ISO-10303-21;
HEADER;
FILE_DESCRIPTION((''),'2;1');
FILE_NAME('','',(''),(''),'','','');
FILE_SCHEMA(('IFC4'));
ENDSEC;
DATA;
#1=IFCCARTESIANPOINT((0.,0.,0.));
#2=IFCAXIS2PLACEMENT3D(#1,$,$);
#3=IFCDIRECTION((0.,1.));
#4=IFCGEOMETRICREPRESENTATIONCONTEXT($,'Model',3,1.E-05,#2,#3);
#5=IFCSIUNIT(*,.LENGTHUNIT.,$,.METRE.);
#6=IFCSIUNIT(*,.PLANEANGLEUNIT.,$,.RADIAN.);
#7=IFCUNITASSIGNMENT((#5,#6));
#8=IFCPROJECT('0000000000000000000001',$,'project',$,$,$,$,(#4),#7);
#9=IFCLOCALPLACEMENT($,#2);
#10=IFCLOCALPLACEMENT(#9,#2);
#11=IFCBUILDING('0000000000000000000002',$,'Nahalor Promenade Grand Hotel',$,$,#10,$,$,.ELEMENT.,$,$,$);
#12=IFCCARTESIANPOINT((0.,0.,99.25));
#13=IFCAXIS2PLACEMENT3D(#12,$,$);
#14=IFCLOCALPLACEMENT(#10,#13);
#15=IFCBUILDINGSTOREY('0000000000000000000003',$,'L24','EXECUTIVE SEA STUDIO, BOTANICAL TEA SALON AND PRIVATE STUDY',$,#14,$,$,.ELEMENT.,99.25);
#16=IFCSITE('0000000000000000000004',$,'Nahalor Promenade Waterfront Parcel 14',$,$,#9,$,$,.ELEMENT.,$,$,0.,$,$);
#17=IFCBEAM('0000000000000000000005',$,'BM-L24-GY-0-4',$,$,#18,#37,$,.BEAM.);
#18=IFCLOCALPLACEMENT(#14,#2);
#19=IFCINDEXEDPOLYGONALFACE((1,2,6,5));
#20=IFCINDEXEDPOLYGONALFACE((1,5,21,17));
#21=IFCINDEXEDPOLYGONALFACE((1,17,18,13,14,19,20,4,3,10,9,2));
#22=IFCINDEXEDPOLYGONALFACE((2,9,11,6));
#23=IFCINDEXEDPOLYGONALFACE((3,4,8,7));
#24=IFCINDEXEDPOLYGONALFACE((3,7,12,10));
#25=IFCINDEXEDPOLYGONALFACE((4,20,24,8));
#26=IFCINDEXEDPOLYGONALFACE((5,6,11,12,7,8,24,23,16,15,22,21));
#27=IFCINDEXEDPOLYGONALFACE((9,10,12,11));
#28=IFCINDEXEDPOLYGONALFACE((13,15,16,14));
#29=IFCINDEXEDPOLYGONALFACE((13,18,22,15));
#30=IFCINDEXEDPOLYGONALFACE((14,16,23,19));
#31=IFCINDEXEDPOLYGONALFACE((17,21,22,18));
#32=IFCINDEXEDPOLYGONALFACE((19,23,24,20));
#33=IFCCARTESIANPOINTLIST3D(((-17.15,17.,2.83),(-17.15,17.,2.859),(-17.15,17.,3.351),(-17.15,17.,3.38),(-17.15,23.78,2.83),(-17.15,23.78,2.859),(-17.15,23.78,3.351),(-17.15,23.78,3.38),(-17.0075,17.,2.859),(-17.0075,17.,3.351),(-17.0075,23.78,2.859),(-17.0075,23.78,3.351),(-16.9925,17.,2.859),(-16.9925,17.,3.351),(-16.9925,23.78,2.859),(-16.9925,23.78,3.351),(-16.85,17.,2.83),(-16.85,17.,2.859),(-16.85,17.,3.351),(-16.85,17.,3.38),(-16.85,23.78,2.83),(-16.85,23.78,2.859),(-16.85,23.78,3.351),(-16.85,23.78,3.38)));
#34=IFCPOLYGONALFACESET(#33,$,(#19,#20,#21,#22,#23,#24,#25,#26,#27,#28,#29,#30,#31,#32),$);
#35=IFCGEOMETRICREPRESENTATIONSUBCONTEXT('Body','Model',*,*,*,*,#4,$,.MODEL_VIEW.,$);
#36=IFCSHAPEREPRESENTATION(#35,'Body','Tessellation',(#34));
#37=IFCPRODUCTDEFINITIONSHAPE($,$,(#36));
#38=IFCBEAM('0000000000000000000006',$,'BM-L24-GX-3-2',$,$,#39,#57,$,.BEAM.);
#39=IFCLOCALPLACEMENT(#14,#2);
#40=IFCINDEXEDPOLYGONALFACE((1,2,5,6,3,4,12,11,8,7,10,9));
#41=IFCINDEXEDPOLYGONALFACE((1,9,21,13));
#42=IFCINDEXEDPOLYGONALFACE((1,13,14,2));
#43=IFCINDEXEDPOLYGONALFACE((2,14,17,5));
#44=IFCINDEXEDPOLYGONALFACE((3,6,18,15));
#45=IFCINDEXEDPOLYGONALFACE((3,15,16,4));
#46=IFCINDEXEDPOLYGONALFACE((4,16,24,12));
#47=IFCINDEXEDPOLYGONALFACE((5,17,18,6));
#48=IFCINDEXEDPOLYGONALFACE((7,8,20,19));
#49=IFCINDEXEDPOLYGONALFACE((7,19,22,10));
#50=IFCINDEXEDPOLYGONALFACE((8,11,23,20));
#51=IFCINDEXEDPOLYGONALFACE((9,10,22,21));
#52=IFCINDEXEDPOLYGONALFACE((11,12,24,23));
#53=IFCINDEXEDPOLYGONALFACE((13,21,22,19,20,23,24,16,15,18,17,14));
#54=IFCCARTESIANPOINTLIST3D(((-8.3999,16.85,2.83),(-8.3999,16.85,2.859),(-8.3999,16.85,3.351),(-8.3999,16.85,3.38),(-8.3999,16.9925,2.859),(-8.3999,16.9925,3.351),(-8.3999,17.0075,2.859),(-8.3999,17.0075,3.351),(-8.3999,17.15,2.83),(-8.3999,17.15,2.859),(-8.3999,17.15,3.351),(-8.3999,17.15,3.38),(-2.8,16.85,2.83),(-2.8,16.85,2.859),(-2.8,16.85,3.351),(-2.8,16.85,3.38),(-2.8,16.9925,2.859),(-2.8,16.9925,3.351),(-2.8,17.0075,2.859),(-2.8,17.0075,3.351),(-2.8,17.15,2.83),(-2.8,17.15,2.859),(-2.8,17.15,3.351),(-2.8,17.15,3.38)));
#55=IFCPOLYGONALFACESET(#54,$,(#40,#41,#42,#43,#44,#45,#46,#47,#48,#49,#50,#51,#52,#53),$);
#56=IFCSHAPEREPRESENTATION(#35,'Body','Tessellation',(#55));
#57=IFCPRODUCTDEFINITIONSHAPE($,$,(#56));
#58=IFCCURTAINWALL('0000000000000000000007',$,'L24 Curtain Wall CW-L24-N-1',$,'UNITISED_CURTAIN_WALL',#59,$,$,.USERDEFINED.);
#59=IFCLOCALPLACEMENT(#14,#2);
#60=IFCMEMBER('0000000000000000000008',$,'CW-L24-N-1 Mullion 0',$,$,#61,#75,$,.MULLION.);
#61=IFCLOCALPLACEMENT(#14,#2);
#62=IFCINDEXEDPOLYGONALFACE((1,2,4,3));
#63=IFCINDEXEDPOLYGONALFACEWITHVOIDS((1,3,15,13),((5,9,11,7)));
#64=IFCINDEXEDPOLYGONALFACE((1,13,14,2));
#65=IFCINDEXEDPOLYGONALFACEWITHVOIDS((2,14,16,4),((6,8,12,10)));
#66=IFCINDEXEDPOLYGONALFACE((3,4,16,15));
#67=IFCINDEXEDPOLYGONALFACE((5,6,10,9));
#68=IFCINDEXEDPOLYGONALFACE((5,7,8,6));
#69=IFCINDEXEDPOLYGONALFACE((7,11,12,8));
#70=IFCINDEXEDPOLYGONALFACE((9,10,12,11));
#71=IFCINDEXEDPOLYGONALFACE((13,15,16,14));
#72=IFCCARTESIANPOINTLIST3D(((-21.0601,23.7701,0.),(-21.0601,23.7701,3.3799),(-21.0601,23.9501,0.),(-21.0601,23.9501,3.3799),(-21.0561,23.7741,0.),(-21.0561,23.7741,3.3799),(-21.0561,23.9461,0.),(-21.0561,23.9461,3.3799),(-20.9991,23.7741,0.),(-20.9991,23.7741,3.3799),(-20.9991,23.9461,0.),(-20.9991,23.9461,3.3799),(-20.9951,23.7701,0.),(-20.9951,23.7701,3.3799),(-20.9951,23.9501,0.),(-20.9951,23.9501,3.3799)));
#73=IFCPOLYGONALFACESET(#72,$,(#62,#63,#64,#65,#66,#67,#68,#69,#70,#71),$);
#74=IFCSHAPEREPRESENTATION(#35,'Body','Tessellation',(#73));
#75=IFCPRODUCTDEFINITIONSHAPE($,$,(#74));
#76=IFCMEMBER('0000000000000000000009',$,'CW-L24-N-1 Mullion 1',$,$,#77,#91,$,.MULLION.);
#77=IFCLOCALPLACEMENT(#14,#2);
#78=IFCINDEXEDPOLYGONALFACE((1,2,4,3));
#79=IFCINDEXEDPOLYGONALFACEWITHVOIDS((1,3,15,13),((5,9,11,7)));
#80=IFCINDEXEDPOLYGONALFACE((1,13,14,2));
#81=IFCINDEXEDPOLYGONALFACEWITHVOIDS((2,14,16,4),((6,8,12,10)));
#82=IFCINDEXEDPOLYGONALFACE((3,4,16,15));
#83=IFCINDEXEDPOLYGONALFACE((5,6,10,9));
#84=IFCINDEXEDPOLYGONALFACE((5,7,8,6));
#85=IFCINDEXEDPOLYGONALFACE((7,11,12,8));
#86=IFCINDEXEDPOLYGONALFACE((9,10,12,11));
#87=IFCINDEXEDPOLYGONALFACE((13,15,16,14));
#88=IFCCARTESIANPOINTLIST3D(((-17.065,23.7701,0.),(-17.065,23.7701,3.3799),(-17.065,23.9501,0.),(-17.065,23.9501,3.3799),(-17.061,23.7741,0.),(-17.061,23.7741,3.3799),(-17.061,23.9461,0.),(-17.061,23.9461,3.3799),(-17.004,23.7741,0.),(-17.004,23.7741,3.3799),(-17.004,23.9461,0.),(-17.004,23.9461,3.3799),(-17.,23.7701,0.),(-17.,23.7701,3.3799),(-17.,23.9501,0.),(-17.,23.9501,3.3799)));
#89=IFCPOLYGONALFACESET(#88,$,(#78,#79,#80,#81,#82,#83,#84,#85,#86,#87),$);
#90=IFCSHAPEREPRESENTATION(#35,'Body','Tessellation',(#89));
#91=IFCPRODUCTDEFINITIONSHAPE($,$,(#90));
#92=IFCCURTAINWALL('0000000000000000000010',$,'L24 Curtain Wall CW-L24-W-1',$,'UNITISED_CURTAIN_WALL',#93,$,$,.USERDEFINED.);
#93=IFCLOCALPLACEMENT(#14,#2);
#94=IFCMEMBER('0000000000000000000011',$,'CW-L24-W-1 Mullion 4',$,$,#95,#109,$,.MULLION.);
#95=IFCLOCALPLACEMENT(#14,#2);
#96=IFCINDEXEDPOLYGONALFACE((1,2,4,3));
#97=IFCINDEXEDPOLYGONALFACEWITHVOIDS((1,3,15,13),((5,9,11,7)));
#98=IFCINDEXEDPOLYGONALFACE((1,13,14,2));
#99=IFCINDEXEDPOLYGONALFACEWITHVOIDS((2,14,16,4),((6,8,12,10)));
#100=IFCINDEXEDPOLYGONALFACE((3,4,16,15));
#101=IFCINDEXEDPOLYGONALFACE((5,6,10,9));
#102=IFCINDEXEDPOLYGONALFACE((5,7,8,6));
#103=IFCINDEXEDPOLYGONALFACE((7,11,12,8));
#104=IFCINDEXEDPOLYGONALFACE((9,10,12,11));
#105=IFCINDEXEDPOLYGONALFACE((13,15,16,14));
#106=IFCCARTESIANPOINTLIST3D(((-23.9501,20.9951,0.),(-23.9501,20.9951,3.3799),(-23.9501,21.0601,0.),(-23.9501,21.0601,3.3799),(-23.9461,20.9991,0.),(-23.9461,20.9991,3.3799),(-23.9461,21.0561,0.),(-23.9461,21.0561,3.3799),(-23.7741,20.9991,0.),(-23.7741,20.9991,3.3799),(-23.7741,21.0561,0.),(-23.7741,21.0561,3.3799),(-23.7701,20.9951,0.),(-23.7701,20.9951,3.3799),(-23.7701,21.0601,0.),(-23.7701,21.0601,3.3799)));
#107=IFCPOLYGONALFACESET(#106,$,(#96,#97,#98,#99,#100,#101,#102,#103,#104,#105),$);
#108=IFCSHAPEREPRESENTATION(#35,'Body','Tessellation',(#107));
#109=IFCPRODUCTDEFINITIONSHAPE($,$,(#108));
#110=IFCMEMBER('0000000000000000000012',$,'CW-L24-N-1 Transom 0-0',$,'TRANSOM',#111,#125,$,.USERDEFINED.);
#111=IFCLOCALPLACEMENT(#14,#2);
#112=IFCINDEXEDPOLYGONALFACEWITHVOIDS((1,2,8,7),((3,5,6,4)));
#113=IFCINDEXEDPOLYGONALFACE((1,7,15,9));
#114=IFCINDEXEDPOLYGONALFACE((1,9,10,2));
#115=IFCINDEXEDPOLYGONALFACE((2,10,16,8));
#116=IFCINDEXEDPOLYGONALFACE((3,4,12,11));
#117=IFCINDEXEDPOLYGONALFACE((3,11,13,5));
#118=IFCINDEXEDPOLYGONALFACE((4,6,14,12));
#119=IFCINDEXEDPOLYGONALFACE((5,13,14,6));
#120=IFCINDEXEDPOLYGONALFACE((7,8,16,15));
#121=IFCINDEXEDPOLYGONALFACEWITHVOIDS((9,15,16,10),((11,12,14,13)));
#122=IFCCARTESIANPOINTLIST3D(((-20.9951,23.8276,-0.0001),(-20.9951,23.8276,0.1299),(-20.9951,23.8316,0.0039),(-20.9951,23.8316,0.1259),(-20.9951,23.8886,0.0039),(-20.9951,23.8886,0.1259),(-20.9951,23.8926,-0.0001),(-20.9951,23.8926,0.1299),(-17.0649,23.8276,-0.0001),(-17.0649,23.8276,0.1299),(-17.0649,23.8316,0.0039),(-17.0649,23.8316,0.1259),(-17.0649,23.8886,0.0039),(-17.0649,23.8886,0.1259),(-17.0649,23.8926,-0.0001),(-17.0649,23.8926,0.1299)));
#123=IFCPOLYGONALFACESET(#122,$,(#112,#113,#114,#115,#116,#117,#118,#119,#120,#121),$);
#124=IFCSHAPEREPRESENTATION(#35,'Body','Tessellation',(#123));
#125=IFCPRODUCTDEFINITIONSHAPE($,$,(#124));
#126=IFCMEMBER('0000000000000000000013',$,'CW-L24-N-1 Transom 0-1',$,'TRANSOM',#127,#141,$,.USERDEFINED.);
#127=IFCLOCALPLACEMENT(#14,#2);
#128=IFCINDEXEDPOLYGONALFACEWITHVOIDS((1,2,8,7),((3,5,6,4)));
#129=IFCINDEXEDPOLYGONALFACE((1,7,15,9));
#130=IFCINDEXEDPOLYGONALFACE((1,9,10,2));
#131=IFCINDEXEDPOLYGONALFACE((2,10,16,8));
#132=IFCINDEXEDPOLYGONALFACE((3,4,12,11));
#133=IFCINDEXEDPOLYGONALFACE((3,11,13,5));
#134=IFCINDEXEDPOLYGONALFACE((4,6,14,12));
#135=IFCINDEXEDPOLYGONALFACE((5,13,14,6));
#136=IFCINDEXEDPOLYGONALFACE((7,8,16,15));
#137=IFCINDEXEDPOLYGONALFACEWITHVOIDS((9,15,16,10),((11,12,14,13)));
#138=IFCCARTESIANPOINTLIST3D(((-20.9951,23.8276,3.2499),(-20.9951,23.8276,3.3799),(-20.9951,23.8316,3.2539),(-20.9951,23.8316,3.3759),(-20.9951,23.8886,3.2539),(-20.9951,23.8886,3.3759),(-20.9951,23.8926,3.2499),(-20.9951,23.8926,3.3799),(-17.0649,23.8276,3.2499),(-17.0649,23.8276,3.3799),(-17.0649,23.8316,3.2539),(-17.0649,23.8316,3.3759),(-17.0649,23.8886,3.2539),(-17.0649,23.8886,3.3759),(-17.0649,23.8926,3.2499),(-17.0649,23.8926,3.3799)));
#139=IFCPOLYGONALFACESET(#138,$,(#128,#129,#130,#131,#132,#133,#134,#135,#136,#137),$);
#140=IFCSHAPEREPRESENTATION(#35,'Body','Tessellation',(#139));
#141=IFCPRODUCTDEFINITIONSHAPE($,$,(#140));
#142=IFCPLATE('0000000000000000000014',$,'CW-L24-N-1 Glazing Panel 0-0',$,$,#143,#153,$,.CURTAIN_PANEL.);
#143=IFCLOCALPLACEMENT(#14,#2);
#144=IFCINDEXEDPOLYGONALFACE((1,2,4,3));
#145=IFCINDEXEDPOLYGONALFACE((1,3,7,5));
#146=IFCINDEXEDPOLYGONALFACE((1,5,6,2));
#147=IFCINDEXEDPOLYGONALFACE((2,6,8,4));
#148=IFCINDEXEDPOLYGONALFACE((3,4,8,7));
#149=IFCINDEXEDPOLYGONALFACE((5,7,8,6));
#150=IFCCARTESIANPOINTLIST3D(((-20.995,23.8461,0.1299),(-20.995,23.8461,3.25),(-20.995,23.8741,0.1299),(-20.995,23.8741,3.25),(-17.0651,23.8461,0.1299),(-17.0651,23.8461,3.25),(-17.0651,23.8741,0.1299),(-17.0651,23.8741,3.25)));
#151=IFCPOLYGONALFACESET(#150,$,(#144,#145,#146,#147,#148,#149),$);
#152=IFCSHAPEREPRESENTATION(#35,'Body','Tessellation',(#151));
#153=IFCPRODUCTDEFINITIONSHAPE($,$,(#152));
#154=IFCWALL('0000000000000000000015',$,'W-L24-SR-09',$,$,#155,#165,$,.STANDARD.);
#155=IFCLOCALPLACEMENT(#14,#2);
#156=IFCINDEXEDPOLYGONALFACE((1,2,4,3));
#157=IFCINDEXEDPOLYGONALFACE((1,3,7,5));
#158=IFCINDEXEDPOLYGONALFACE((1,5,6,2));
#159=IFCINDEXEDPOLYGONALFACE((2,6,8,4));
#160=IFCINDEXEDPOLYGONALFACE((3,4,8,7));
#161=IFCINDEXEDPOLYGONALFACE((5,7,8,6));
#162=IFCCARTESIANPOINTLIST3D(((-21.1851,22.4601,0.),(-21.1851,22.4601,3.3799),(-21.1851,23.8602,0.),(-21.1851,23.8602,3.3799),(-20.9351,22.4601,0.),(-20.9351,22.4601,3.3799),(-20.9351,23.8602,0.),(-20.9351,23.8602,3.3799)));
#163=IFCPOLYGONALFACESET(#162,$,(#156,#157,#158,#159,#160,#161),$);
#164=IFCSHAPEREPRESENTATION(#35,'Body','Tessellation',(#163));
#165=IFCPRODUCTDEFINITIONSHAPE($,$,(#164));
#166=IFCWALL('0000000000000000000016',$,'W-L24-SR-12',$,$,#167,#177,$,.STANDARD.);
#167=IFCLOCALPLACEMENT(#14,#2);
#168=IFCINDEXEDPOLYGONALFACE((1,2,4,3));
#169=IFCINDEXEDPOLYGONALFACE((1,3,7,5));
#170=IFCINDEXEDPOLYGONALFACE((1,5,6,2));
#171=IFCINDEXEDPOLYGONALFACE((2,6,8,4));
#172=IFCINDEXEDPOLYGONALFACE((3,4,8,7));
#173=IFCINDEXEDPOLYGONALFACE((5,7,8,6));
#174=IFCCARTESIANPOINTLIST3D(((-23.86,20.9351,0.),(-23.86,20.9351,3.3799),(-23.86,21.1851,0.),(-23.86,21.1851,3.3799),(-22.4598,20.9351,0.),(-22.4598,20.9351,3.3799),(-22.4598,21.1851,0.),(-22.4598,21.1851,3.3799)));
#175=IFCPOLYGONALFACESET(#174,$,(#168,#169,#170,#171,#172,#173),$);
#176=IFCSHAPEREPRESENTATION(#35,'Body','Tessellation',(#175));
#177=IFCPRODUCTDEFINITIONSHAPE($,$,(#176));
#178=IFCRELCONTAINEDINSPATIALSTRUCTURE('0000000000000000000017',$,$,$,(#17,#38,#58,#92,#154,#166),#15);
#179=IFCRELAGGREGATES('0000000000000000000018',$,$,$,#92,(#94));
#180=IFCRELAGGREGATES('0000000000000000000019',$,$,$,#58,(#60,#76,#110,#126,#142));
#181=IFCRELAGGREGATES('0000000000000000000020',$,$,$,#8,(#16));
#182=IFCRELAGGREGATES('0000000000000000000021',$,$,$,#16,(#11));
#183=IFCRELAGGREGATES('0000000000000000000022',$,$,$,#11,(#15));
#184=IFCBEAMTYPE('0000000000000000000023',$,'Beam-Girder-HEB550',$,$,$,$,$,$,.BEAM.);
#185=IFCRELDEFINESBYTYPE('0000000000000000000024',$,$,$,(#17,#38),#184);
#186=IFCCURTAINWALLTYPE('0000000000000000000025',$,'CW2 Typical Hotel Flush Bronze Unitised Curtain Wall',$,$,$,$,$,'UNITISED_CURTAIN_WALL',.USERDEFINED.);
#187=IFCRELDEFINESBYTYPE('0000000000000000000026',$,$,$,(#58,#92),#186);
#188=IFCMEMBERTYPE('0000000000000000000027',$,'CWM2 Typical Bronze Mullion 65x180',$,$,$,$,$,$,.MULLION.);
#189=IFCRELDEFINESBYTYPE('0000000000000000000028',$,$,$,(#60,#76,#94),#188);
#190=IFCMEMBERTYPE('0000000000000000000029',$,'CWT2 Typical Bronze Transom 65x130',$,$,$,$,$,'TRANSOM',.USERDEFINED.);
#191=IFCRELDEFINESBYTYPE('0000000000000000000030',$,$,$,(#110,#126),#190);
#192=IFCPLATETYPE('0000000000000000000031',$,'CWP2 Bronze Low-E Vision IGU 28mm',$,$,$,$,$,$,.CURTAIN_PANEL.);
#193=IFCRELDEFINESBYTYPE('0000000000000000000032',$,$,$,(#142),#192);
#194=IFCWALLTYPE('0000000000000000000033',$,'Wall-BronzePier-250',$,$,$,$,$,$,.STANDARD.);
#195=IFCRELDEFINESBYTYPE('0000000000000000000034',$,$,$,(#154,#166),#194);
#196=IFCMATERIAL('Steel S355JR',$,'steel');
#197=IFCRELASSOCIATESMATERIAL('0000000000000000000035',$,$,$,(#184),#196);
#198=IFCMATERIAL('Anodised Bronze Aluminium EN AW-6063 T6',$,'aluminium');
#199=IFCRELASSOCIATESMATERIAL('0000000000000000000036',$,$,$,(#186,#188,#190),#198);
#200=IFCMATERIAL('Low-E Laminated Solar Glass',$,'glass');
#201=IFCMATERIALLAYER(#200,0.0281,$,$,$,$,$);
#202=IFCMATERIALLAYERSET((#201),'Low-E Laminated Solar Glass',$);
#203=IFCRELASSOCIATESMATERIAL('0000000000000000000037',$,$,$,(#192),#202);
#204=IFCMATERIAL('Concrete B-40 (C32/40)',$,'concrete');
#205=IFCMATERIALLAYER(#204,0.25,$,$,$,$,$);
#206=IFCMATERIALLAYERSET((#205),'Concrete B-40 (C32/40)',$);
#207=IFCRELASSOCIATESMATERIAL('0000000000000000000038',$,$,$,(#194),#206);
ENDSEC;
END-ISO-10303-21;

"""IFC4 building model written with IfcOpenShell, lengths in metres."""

from ifc_helpers import new_model, si_unit, direction, frame, frame_2d, origin, origin_2d, place, context, subcontext, project, spatial, rectangle, hollow_rectangle, i_section, extrude, source, transform, mapped, material, layer, layer_set, material_profile, profile_set, type_object, element, aggregate, save


model = new_model("IFC4")

# Units and contexts
model_context = context("Model", 3, precision=1e-05, world=origin(), true_north=direction((0.0, 1.0)))
body_context = subcontext(model_context, "Body", "Model", "MODEL_VIEW")
ifc_project = project(units=[si_unit("LENGTHUNIT", "METRE"), si_unit("PLANEANGLEUNIT", "RADIAN")], contexts=[model_context])

# Site, building, storey
site_placement = place(None, origin())
site = spatial("IfcSite", under=ifc_project, at=site_placement, Name="Nahalor Promenade Waterfront Parcel 14", CompositionType="ELEMENT", RefElevation=0.0)
building_placement = place(site_placement, origin())
building = spatial("IfcBuilding", under=site, at=building_placement, Name="Nahalor Promenade Grand Hotel", CompositionType="ELEMENT")
storey_placement = place(building_placement, frame((0.0, 0.0, 99.25)))
storey = spatial("IfcBuildingStorey", under=building, at=storey_placement, Name="L24", Description="EXECUTIVE SEA STUDIO, BOTANICAL TEA SALON AND PRIVATE STUDY", CompositionType="ELEMENT", Elevation=99.25)

# Beams
ifc_material_1 = material(Name="Steel S355JR", Category="steel")
ifc_material_profile_1 = material_profile(ifc_material_1, i_section(OverallWidth=0.3, OverallDepth=0.55, WebThickness=0.015, FlangeThickness=0.029, at=origin_2d()), Name="HEB 550")
ifc_profile_set_1 = profile_set([ifc_material_profile_1], Name="Steel S355JR")
beam_type_1 = type_object("IfcBeamType", Name="Beam-Girder-HEB550", PredefinedType="BEAM", material=ifc_profile_set_1)
shared_shape_1 = source(origin(), body_context, "Body", "SweptSolid", [
    extrude(i_section(OverallWidth=0.3, OverallDepth=0.55, WebThickness=0.015, FlangeThickness=0.029, at=origin_2d()), origin(), (0.0, 0.0, 1.0), 6.78),
])
beam_1_placement = place(storey_placement, frame((-17.0, 17.0, 3.105), z_axis=(0.0, 1.0, 0.0), x_axis=(-1.0, 0.0, 0.0)))
element("IfcBeam", 1, at=beam_1_placement, inside=storey, type_object=beam_type_1, Name="BM-L24-GY-0-4", PredefinedType="BEAM", context=body_context, shape_type="MappedRepresentation", body=[
    mapped(shared_shape_1, transform((0.0, 0.0, 0.0), scale=1.0)),
])
shared_shape_2 = source(origin(), body_context, "Body", "SweptSolid", [
    extrude(i_section(OverallWidth=0.3, OverallDepth=0.55, WebThickness=0.015, FlangeThickness=0.029, at=origin_2d()), origin(), (0.0, 0.0, 1.0), 5.5999),
])
beam_2_placement = place(storey_placement, frame((-8.3999, 17.0, 3.105), z_axis=(1.0, 0.0, 0.0), x_axis=(0.0, 1.0, 0.0)))
element("IfcBeam", 2, at=beam_2_placement, inside=storey, type_object=beam_type_1, Name="BM-L24-GX-3-2", PredefinedType="BEAM", context=body_context, shape_type="MappedRepresentation", body=[
    mapped(shared_shape_2, transform((0.0, 0.0, 0.0), scale=1.0)),
])

# Curtain wall, members
ifc_material_2 = material(Name="Anodised Bronze Aluminium EN AW-6063 T6", Category="aluminium")
curtain_wall_type = type_object("IfcCurtainWallType", Name="CW2 Typical Hotel Flush Bronze Unitised Curtain Wall", ElementType="UNITISED_CURTAIN_WALL", PredefinedType="USERDEFINED", material=ifc_material_2)
curtain_wall_1_placement = place(storey_placement, origin())
curtain_wall_1 = element("IfcCurtainWall", 3, at=curtain_wall_1_placement, inside=storey, type_object=curtain_wall_type, Name="L24 Curtain Wall CW-L24-N-1", ObjectType="UNITISED_CURTAIN_WALL", PredefinedType="USERDEFINED")
ifc_material_profile_2 = material_profile(ifc_material_2, hollow_rectangle(XDim=0.065, YDim=0.18, WallThickness=0.004, at=origin_2d()), Name="CWM 65x180x4")
ifc_profile_set_2 = profile_set([ifc_material_profile_2], Name="Anodised Bronze Aluminium EN AW-6063 T6")
member_type_1 = type_object("IfcMemberType", Name="CWM2 Typical Bronze Mullion 65x180", PredefinedType="MULLION", material=ifc_profile_set_2)
shared_shape_3 = source(origin(), body_context, "Body", "SweptSolid", [
    extrude(hollow_rectangle(XDim=0.065, YDim=0.18, WallThickness=0.004, at=origin_2d()), origin(), (0.0, 0.0, 1.0), 3.3799),
])
member_1_placement = place(storey_placement, frame((-21.0276, 23.8601, 0.0), z_axis=(0.0, 0.0, 1.0), x_axis=(1.0, 0.0, 0.0)))
member_1 = element("IfcMember", 4, at=member_1_placement, type_object=member_type_1, Name="CW-L24-N-1 Mullion 0", PredefinedType="MULLION", context=body_context, shape_type="MappedRepresentation", body=[
    mapped(shared_shape_3, transform((0.0, 0.0, 0.0), scale=1.0)),
])
member_2_placement = place(storey_placement, frame((-17.0325, 23.8601, 0.0), z_axis=(0.0, 0.0, 1.0), x_axis=(1.0, 0.0, 0.0)))
member_2 = element("IfcMember", 5, at=member_2_placement, type_object=member_type_1, Name="CW-L24-N-1 Mullion 1", PredefinedType="MULLION", context=body_context, shape_type="MappedRepresentation", body=[
    mapped(shared_shape_3, transform((0.0, 0.0, 0.0), scale=1.0)),
])

# Curtain wall, member
curtain_wall_2_placement = place(storey_placement, origin())
curtain_wall_2 = element("IfcCurtainWall", 6, at=curtain_wall_2_placement, inside=storey, type_object=curtain_wall_type, Name="L24 Curtain Wall CW-L24-W-1", ObjectType="UNITISED_CURTAIN_WALL", PredefinedType="USERDEFINED")
member_3_placement = place(storey_placement, frame((-23.8601, 21.0276, 0.0), z_axis=(0.0, 0.0, 1.0), x_axis=(0.0, 1.0, 0.0)))
member_3 = element("IfcMember", 7, at=member_3_placement, type_object=member_type_1, Name="CW-L24-W-1 Mullion 4", PredefinedType="MULLION", context=body_context, shape_type="MappedRepresentation", body=[
    mapped(shared_shape_3, transform((0.0, 0.0, 0.0), scale=1.0)),
])
aggregate(curtain_wall_2, [member_3])

# Members
ifc_material_profile_3 = material_profile(ifc_material_2, hollow_rectangle(XDim=0.065, YDim=0.13, WallThickness=0.004, at=origin_2d()), Name="CWT 65x130x4")
ifc_profile_set_3 = profile_set([ifc_material_profile_3], Name="Anodised Bronze Aluminium EN AW-6063 T6")
member_type_2 = type_object("IfcMemberType", Name="CWT2 Typical Bronze Transom 65x130", ElementType="TRANSOM", PredefinedType="USERDEFINED", material=ifc_profile_set_3)
shared_shape_4 = source(origin(), body_context, "Body", "SweptSolid", [
    extrude(hollow_rectangle(XDim=0.065, YDim=0.13, WallThickness=0.004, at=origin_2d()), origin(), (0.0, 0.0, 1.0), 3.9302),
])
member_4_placement = place(storey_placement, frame((-20.9951, 23.8601, 0.0649), z_axis=(1.0, 0.0, 0.0), x_axis=(0.0, 1.0, 0.0)))
member_4 = element("IfcMember", 8, at=member_4_placement, type_object=member_type_2, Name="CW-L24-N-1 Transom 0-0", ObjectType="TRANSOM", PredefinedType="USERDEFINED", context=body_context, shape_type="MappedRepresentation", body=[
    mapped(shared_shape_4, transform((0.0, 0.0, 0.0), scale=1.0)),
])
member_5_placement = place(storey_placement, frame((-20.9951, 23.8601, 3.3149), z_axis=(1.0, 0.0, 0.0), x_axis=(0.0, 1.0, 0.0)))
member_5 = element("IfcMember", 9, at=member_5_placement, type_object=member_type_2, Name="CW-L24-N-1 Transom 0-1", ObjectType="TRANSOM", PredefinedType="USERDEFINED", context=body_context, shape_type="MappedRepresentation", body=[
    mapped(shared_shape_4, transform((0.0, 0.0, 0.0), scale=1.0)),
])

# Plate
ifc_material_3 = material(Name="Low-E Laminated Solar Glass", Category="glass")
ifc_layer_1 = layer(ifc_material_3, 0.0281)
ifc_layer_set_1 = layer_set([ifc_layer_1], Name="Low-E Laminated Solar Glass")
plate_type = type_object("IfcPlateType", Name="CWP2 Bronze Low-E Vision IGU 28mm", PredefinedType="CURTAIN_PANEL", material=ifc_layer_set_1)
shared_shape_5 = source(origin(), body_context, "Body", "SweptSolid", [
    extrude(rectangle(XDim=3.9299, YDim=0.0281, at=origin_2d()), origin(), (0.0, 0.0, 1.0), 3.1201),
])
plate_placement = place(storey_placement, frame((-19.03, 23.8601, 0.1299), z_axis=(0.0, 0.0, 1.0), x_axis=(1.0, 0.0, 0.0)))
plate = element("IfcPlate", 10, at=plate_placement, type_object=plate_type, Name="CW-L24-N-1 Glazing Panel 0-0", PredefinedType="CURTAIN_PANEL", context=body_context, shape_type="MappedRepresentation", body=[
    mapped(shared_shape_5, transform((0.0, 0.0, 0.0), scale=1.0)),
])
aggregate(curtain_wall_1, [member_1, member_2, member_4, member_5, plate])

# Walls
ifc_material_4 = material(Name="Concrete B-40 (C32/40)", Category="concrete")
ifc_layer_2 = layer(ifc_material_4, 0.25)
ifc_layer_set_2 = layer_set([ifc_layer_2], Name="Concrete B-40 (C32/40)")
wall_type_1 = type_object("IfcWallType", Name="Wall-BronzePier-250", PredefinedType="STANDARD", material=ifc_layer_set_2)
shared_shape_6 = source(origin(), body_context, "Body", "SweptSolid", [
    extrude(rectangle(XDim=1.4001, YDim=0.25, at=frame_2d((0.7002, 0.0))), origin(), (0.0, 0.0, 1.0), 3.3799),
])
for number, where, z_axis, x_axis, name in (
    (11, (-21.0601, 22.46, 0.0), (0.0, 0.0, 1.0), (0.0, 1.0, 0.0), "W-L24-SR-09"),
    (12, (-23.8601, 21.0601, 0.0), (0.0, 0.0, 1.0), (1.0, 0.0, 0.0), "W-L24-SR-12"),
):
    element("IfcWall", number, at=place(storey_placement, frame(where, z_axis=z_axis, x_axis=x_axis)), inside=storey, type_object=wall_type_1, Name=name, PredefinedType="STANDARD", context=body_context, shape_type="MappedRepresentation", body=[
        mapped(shared_shape_6, transform((0.0, 0.0, 0.0), scale=1.0)),
    ])

save(model, "model.ifc")
